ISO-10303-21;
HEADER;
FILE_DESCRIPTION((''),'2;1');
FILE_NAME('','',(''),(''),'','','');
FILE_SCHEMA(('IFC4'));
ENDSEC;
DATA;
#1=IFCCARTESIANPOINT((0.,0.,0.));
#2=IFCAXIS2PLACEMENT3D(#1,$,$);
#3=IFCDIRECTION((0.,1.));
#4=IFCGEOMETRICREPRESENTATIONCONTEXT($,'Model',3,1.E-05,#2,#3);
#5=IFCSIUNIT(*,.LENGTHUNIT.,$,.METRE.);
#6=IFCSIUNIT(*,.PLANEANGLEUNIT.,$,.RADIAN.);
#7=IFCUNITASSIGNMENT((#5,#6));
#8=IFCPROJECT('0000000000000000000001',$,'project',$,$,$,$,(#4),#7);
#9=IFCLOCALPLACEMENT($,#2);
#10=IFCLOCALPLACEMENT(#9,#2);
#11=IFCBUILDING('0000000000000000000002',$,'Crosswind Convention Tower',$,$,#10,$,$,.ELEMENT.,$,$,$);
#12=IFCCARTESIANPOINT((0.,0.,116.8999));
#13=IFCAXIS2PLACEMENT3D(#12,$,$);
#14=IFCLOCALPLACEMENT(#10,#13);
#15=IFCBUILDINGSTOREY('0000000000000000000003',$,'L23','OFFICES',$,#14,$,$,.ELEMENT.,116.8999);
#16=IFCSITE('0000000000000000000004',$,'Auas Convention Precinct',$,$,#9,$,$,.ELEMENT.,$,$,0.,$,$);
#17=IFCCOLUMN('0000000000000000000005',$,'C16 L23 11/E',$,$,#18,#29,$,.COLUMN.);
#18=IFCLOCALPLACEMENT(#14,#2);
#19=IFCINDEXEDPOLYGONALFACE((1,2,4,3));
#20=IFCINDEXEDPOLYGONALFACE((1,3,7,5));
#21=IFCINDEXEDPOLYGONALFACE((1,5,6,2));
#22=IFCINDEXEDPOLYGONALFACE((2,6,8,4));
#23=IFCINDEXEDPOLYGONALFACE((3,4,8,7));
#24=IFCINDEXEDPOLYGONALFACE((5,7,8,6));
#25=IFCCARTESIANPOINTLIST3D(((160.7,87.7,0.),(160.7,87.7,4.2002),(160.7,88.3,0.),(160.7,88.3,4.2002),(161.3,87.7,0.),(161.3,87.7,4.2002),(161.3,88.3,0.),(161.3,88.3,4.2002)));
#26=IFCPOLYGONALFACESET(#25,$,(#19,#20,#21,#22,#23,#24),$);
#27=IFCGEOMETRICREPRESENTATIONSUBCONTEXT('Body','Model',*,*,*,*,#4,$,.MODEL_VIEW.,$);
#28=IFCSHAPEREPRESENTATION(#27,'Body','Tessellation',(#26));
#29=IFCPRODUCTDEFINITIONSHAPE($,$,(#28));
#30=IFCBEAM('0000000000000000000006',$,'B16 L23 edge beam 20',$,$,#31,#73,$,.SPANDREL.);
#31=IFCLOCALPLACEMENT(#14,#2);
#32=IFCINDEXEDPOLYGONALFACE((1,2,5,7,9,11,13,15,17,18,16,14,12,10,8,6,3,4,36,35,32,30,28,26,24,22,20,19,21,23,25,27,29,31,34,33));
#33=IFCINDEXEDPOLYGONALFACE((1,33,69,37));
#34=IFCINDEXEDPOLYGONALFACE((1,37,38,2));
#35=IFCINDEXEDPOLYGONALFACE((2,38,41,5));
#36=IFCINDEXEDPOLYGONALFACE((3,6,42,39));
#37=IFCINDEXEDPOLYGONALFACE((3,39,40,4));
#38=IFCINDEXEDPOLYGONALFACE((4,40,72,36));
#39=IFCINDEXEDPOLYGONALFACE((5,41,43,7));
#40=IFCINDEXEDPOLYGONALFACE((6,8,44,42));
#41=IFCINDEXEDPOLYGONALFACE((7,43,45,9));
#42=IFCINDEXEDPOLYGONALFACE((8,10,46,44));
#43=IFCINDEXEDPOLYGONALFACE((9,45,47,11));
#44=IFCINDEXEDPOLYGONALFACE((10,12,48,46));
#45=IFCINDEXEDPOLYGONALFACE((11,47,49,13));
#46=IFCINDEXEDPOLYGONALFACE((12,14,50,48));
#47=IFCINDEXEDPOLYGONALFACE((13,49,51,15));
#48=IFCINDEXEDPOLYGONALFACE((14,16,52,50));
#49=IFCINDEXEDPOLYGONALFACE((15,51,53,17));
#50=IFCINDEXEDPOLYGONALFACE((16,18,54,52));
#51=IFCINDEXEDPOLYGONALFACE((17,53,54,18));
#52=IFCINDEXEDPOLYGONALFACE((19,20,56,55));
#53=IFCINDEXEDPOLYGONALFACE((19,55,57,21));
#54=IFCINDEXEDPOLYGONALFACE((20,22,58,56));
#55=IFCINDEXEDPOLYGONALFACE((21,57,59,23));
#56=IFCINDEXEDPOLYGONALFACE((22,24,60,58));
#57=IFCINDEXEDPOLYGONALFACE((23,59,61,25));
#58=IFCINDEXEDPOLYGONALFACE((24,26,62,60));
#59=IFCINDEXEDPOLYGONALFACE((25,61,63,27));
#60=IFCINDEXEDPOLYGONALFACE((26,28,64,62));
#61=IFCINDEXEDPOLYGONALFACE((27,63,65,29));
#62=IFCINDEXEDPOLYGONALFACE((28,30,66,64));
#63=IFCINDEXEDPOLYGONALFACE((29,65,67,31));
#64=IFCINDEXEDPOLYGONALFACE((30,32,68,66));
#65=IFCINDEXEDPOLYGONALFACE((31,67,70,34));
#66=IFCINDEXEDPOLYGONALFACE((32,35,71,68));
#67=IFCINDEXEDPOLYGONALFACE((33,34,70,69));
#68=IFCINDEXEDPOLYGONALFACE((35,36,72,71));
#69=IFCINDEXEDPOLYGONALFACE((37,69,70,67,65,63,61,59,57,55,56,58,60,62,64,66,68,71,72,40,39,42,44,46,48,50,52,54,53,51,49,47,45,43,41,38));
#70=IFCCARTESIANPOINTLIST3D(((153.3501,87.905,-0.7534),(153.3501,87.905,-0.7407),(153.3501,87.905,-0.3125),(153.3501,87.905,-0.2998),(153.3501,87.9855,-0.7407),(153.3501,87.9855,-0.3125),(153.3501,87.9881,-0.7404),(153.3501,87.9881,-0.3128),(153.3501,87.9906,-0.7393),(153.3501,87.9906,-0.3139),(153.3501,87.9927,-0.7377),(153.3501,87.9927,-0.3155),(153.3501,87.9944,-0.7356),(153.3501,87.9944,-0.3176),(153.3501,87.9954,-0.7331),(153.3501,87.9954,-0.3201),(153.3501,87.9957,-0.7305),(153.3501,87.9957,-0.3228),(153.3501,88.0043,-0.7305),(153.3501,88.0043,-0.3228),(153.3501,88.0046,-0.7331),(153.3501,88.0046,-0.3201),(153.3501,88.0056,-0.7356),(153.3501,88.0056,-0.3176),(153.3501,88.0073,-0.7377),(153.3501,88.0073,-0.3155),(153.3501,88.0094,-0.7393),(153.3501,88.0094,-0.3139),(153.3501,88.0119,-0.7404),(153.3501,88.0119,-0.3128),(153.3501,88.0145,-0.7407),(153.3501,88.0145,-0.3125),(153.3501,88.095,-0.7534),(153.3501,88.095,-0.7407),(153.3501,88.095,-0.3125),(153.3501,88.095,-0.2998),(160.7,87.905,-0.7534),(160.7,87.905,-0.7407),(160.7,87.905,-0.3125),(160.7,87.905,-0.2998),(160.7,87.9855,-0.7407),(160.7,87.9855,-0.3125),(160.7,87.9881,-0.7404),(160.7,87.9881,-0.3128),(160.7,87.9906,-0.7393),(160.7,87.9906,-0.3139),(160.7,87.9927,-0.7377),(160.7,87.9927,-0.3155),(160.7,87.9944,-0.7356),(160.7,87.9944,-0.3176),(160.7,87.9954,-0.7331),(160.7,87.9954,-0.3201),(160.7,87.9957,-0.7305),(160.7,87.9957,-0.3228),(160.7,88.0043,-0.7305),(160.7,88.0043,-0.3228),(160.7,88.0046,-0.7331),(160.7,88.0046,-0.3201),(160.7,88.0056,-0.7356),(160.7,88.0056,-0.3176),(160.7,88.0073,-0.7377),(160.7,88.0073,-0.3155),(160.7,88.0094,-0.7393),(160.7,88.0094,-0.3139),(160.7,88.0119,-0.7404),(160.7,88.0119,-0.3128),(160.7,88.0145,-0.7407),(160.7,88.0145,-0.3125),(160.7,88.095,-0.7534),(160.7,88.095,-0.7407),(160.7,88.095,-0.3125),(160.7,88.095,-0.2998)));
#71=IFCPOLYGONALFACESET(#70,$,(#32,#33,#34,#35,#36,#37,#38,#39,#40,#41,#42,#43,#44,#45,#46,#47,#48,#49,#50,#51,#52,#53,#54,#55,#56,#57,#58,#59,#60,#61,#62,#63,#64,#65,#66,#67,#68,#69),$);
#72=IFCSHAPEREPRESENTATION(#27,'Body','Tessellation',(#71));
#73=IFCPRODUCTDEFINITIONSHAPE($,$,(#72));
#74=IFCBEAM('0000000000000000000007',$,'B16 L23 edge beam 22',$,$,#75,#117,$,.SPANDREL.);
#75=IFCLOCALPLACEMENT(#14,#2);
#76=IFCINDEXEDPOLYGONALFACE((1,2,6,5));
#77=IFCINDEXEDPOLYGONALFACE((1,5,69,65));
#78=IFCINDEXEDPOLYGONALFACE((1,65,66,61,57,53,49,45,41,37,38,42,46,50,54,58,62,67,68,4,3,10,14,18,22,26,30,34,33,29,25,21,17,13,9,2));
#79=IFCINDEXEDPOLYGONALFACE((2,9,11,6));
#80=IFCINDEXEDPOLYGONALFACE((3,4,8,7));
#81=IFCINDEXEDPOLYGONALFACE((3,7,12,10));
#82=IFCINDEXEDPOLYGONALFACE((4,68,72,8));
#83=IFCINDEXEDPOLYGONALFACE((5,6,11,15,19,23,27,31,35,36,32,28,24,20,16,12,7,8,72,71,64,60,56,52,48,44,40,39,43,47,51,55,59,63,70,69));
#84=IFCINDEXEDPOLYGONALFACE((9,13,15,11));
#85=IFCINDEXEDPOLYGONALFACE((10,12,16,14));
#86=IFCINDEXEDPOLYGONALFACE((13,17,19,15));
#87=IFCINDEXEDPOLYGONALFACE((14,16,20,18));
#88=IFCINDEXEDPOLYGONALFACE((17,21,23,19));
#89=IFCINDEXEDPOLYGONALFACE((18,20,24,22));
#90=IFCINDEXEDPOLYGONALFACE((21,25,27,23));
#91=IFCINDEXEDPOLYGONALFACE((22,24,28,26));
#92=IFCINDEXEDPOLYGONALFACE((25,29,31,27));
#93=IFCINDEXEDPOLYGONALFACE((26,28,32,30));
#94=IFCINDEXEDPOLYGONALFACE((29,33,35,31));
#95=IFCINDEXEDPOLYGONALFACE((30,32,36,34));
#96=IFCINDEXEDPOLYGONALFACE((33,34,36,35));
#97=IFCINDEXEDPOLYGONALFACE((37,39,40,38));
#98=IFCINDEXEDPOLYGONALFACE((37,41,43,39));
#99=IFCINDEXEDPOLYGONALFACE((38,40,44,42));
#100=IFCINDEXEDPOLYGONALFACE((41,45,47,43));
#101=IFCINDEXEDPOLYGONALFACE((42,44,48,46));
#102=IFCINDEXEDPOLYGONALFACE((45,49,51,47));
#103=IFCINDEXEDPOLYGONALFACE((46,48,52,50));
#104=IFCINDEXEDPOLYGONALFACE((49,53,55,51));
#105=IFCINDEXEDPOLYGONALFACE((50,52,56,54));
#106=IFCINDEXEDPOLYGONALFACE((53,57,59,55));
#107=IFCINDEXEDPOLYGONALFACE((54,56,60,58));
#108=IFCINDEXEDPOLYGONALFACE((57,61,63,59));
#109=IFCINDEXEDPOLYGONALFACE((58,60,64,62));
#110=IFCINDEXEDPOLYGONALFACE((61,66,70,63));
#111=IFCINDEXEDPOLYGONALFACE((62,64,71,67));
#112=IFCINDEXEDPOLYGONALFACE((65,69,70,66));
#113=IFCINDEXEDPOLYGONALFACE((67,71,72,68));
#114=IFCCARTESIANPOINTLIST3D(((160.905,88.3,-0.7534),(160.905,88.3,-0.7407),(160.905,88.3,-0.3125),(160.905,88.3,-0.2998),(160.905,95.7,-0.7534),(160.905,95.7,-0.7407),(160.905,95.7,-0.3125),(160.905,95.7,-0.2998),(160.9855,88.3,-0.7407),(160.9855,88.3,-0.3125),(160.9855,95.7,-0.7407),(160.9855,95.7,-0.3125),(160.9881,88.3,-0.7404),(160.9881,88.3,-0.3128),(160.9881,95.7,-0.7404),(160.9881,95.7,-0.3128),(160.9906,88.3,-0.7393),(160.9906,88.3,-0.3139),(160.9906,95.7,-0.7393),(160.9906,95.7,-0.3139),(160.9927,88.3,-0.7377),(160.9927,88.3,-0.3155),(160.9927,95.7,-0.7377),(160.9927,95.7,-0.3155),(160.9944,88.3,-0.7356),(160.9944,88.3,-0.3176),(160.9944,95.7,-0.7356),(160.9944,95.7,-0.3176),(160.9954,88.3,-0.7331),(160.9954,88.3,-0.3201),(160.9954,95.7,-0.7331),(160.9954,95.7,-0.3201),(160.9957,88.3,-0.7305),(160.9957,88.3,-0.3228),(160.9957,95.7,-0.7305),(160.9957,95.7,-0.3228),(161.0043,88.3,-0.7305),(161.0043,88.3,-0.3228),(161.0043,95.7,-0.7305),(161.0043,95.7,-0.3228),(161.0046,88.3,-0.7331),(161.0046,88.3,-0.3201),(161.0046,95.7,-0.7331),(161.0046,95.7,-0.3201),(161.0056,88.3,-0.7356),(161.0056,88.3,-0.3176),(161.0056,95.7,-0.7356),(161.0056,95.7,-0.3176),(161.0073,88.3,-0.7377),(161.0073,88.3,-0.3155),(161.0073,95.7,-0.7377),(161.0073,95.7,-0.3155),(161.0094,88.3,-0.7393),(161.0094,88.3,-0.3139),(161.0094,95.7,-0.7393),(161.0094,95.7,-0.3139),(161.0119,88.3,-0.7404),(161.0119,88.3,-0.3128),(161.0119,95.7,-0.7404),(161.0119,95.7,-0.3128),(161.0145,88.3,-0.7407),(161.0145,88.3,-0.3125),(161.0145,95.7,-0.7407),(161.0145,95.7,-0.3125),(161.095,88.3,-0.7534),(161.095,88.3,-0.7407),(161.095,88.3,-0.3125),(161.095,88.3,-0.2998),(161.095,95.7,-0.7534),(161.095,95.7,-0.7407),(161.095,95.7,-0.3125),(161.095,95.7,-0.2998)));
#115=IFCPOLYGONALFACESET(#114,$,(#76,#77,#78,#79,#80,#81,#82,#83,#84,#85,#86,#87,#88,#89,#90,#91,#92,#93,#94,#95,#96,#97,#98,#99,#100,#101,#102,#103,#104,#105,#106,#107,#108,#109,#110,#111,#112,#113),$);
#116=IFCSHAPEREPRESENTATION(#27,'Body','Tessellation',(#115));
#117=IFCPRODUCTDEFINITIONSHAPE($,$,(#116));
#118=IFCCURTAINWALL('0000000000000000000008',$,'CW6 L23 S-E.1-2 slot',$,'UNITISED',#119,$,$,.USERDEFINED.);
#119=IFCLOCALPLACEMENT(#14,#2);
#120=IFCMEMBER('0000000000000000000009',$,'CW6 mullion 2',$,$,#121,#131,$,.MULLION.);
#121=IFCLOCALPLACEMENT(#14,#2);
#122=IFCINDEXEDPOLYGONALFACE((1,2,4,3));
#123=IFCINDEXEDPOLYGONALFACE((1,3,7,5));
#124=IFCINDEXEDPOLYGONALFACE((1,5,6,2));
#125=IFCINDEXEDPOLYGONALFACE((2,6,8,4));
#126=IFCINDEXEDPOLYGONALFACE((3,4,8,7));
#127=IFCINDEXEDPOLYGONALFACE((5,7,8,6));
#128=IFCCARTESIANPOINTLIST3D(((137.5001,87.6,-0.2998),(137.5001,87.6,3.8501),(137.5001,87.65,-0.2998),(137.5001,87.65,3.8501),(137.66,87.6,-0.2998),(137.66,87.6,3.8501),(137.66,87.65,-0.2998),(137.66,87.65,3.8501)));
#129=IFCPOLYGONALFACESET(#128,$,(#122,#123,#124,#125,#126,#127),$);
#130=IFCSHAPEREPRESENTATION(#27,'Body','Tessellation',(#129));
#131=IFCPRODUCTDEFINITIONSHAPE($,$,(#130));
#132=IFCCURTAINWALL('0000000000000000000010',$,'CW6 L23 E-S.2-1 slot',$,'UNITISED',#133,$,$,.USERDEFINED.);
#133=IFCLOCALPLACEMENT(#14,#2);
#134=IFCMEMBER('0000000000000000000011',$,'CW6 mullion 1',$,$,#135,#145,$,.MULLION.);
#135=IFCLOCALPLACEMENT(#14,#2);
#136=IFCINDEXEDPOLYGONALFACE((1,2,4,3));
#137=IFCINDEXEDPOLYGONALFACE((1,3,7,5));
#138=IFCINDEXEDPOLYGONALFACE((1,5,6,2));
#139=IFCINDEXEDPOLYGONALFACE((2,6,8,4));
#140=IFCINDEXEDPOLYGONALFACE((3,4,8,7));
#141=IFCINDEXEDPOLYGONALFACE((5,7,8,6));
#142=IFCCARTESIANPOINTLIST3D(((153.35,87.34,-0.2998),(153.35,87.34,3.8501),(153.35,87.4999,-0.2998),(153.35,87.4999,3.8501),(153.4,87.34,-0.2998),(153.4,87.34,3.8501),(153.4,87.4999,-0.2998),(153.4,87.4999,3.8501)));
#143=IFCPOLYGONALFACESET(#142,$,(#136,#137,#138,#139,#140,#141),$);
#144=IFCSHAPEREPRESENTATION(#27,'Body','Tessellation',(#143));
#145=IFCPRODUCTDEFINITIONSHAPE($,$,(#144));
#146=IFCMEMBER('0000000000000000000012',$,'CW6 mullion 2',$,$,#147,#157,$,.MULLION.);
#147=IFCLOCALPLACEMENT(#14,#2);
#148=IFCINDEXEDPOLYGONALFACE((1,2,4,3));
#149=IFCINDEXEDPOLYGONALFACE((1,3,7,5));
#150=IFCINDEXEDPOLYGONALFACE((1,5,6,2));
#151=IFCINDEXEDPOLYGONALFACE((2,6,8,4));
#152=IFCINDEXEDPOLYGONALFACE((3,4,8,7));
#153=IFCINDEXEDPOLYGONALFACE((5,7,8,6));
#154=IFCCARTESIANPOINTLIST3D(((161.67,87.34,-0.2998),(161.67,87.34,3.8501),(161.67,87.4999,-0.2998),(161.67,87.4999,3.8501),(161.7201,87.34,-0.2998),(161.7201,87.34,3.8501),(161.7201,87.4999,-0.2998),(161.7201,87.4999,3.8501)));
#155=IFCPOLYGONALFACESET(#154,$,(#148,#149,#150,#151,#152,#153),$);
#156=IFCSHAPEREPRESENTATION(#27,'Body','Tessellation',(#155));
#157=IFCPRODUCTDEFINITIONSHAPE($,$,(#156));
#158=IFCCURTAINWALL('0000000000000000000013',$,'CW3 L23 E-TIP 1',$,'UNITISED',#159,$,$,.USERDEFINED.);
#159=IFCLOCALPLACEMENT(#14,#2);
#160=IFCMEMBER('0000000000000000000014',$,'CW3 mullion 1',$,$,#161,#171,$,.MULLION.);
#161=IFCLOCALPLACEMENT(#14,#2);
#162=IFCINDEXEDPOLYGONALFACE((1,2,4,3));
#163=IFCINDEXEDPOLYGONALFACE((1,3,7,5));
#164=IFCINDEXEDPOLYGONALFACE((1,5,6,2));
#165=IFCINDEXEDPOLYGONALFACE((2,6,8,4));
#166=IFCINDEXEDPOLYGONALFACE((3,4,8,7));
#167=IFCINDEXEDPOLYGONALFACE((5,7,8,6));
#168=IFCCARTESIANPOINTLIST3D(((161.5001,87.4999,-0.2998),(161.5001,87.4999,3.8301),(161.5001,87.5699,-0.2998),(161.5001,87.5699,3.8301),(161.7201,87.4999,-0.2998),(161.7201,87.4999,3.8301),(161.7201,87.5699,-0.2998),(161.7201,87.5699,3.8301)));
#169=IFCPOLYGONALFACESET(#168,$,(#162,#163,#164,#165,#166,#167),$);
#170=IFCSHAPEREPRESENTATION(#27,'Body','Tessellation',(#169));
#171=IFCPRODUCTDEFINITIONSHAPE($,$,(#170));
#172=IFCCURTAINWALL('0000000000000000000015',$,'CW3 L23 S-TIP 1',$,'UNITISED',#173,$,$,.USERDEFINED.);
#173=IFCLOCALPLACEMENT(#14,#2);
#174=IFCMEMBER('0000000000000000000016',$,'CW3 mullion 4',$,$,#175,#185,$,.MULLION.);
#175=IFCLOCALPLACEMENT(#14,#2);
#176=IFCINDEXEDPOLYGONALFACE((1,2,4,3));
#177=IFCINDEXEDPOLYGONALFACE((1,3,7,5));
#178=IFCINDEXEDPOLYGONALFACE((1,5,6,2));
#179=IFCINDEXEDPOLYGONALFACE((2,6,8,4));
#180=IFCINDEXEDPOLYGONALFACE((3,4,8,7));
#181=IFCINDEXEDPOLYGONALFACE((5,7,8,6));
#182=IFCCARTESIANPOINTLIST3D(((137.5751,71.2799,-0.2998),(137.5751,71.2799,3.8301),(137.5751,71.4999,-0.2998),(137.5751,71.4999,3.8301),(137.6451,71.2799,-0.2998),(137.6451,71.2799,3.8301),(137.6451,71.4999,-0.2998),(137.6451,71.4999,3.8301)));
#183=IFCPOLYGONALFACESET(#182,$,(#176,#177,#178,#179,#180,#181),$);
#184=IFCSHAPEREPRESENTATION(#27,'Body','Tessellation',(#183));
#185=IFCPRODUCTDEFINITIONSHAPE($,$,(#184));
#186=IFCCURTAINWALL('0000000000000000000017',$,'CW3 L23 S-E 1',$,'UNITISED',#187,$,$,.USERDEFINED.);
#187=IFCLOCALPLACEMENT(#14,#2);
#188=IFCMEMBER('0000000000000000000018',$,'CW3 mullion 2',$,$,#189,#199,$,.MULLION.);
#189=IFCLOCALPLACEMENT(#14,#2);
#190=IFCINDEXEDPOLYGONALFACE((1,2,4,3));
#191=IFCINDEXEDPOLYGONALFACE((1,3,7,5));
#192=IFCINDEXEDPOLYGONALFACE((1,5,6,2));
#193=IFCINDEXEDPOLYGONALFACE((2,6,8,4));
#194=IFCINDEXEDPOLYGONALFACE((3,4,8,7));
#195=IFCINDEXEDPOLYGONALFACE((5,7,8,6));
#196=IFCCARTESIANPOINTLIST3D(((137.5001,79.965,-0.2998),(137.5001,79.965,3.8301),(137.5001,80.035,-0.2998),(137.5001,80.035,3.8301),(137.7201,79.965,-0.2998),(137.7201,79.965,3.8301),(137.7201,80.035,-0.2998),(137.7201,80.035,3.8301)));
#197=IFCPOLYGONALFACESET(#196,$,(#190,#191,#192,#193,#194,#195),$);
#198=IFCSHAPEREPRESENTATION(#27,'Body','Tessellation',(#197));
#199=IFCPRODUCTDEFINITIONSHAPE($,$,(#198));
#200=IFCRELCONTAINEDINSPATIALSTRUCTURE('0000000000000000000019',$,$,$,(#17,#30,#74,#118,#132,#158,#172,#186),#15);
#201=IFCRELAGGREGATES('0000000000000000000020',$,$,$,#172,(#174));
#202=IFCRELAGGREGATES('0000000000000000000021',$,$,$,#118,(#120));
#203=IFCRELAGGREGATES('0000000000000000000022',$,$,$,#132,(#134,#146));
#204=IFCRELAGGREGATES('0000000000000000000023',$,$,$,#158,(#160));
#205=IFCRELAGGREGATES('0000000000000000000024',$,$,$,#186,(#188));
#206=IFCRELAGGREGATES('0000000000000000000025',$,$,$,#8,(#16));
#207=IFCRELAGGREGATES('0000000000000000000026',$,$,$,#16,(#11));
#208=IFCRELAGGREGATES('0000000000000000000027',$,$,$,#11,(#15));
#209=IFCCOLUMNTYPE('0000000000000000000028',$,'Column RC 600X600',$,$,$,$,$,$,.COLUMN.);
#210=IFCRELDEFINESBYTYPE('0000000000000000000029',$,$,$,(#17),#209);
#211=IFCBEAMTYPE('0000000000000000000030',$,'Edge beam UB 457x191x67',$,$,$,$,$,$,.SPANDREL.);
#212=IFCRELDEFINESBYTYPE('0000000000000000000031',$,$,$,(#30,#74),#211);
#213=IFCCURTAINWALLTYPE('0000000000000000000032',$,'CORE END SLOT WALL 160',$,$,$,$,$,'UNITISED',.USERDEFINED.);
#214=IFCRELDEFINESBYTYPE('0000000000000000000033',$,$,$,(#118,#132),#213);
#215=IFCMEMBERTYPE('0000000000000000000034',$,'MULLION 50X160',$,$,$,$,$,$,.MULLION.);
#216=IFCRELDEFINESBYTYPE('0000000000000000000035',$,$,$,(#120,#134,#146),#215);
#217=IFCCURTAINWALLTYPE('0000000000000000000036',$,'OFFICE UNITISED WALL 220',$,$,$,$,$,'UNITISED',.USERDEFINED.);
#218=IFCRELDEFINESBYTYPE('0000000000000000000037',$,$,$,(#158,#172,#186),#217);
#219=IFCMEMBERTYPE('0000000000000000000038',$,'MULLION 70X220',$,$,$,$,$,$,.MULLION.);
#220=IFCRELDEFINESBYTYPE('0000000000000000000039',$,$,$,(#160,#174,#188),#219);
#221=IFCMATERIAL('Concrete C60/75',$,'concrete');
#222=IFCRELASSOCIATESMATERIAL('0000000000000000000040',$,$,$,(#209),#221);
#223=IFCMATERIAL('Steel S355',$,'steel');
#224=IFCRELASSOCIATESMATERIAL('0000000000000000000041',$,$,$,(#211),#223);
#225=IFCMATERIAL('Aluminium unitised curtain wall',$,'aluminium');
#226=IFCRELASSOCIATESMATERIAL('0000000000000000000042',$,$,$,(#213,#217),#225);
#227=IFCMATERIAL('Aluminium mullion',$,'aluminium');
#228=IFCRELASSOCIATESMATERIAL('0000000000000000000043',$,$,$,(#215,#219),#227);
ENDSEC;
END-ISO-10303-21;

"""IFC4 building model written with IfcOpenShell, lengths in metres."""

from ifc_helpers import new_model, si_unit, direction, frame, origin, origin_2d, place, context, subcontext, project, spatial, rectangle, i_section, extrude, material, material_profile, profile_set, type_object, element, aggregate, save


model = new_model("IFC4")

# Units and contexts
model_context = context("Model", 3, precision=1e-05, world=origin(), true_north=direction((0.0, 1.0)))
body_context = subcontext(model_context, "Body", "Model", "MODEL_VIEW")
ifc_project = project(units=[si_unit("LENGTHUNIT", "METRE"), si_unit("PLANEANGLEUNIT", "RADIAN")], contexts=[model_context])

# Site, building, storey
site_placement = place(None, origin())
site = spatial("IfcSite", under=ifc_project, at=site_placement, Name="Auas Convention Precinct", CompositionType="ELEMENT", RefElevation=0.0)
building_placement = place(site_placement, origin())
building = spatial("IfcBuilding", under=site, at=building_placement, Name="Crosswind Convention Tower", CompositionType="ELEMENT")
storey_placement = place(building_placement, frame((0.0, 0.0, 116.8999)))
storey = spatial("IfcBuildingStorey", under=building, at=storey_placement, Name="L23", Description="OFFICES", CompositionType="ELEMENT", Elevation=116.8999)

# Column
ifc_material_1 = material(Name="Concrete C60/75", Category="concrete")
ifc_material_profile_1 = material_profile(ifc_material_1, rectangle(XDim=0.6001, YDim=0.6001, at=origin_2d()), Name="RC 600X600")
ifc_profile_set_1 = profile_set([ifc_material_profile_1], Name="Concrete C60/75")
column_type = type_object("IfcColumnType", Name="Column RC 600X600", PredefinedType="COLUMN", material=ifc_profile_set_1)
column_placement = place(storey_placement, frame((161.0, 88.0, 0.0), z_axis=(0.0, 0.0, 1.0), x_axis=(1.0, 0.0, 0.0)))
element("IfcColumn", 1, at=column_placement, inside=storey, type_object=column_type, Name="C16 L23 11/E", PredefinedType="COLUMN", context=body_context, shape_type="SweptSolid", body=[
    extrude(rectangle(XDim=0.6001, YDim=0.6001, at=origin_2d()), origin(), (0.0, 0.0, 1.0), 4.2002),
])

# Beams
ifc_material_2 = material(Name="Steel S355", Category="steel")
ifc_material_profile_2 = material_profile(ifc_material_2, i_section(OverallWidth=0.1899, OverallDepth=0.4536, WebThickness=0.0085, FlangeThickness=0.0127, FilletRadius=0.0103, at=origin_2d()), Name="UB 457x191x67")
ifc_profile_set_2 = profile_set([ifc_material_profile_2], Name="Steel S355")
beam_type = type_object("IfcBeamType", Name="Edge beam UB 457x191x67", PredefinedType="SPANDREL", material=ifc_profile_set_2)
beam_1_placement = place(storey_placement, frame((153.3501, 88.0, -0.5266), z_axis=(1.0, 0.0, 0.0), x_axis=(0.0, 1.0, 0.0)))
element("IfcBeam", 2, at=beam_1_placement, inside=storey, type_object=beam_type, Name="B16 L23 edge beam 20", PredefinedType="SPANDREL", context=body_context, shape_type="SweptSolid", body=[
    extrude(i_section(OverallWidth=0.1899, OverallDepth=0.4536, WebThickness=0.0085, FlangeThickness=0.0127, FilletRadius=0.0103, at=origin_2d()), origin(), (0.0, 0.0, 1.0), 7.3499),
])
beam_2_placement = place(storey_placement, frame((161.0, 88.3, -0.5266), z_axis=(0.0, 1.0, 0.0), x_axis=(-1.0, 0.0, 0.0)))
element("IfcBeam", 3, at=beam_2_placement, inside=storey, type_object=beam_type, Name="B16 L23 edge beam 22", PredefinedType="SPANDREL", context=body_context, shape_type="SweptSolid", body=[
    extrude(i_section(OverallWidth=0.1899, OverallDepth=0.4536, WebThickness=0.0085, FlangeThickness=0.0127, FilletRadius=0.0103, at=origin_2d()), origin(), (0.0, 0.0, 1.0), 7.3999),
])

# Curtain wall, member
ifc_material_3 = material(Name="Aluminium unitised curtain wall", Category="aluminium")
curtain_wall_type_1 = type_object("IfcCurtainWallType", Name="CORE END SLOT WALL 160", ElementType="UNITISED", PredefinedType="USERDEFINED", material=ifc_material_3)
curtain_wall_1_placement = place(storey_placement, origin())
curtain_wall_1 = element("IfcCurtainWall", 4, at=curtain_wall_1_placement, inside=storey, type_object=curtain_wall_type_1, Name="CW6 L23 S-E.1-2 slot", ObjectType="UNITISED", PredefinedType="USERDEFINED")
ifc_material_4 = material(Name="Aluminium mullion", Category="aluminium")
ifc_material_profile_3 = material_profile(ifc_material_4, rectangle(XDim=0.1599, YDim=0.05, at=origin_2d()), Name="AL 160X50")
ifc_profile_set_3 = profile_set([ifc_material_profile_3], Name="Aluminium mullion")
member_type_1 = type_object("IfcMemberType", Name="MULLION 50X160", PredefinedType="MULLION", material=ifc_profile_set_3)
member_1_placement = place(storey_placement, frame((137.5801, 87.625, -0.2998), z_axis=(0.0, 0.0, 1.0), x_axis=(1.0, 0.0, 0.0)))
member_1 = element("IfcMember", 5, at=member_1_placement, type_object=member_type_1, Name="CW6 mullion 2", PredefinedType="MULLION", context=body_context, shape_type="SweptSolid", body=[
    extrude(rectangle(XDim=0.1599, YDim=0.05, at=origin_2d()), origin(), (0.0, 0.0, 1.0), 4.1499),
])

# Curtain wall, members
curtain_wall_2_placement = place(storey_placement, origin())
curtain_wall_2 = element("IfcCurtainWall", 6, at=curtain_wall_2_placement, inside=storey, type_object=curtain_wall_type_1, Name="CW6 L23 E-S.2-1 slot", ObjectType="UNITISED", PredefinedType="USERDEFINED")
member_2_placement = place(storey_placement, frame((153.375, 87.4199, -0.2998), z_axis=(0.0, 0.0, 1.0), x_axis=(0.0, -1.0, 0.0)))
member_2 = element("IfcMember", 7, at=member_2_placement, type_object=member_type_1, Name="CW6 mullion 1", PredefinedType="MULLION", context=body_context, shape_type="SweptSolid", body=[
    extrude(rectangle(XDim=0.1599, YDim=0.05, at=origin_2d()), origin(), (0.0, 0.0, 1.0), 4.1499),
])
member_3_placement = place(storey_placement, frame((161.6951, 87.4199, -0.2998), z_axis=(0.0, 0.0, 1.0), x_axis=(0.0, -1.0, 0.0)))
member_3 = element("IfcMember", 8, at=member_3_placement, type_object=member_type_1, Name="CW6 mullion 2", PredefinedType="MULLION", context=body_context, shape_type="SweptSolid", body=[
    extrude(rectangle(XDim=0.1599, YDim=0.05, at=origin_2d()), origin(), (0.0, 0.0, 1.0), 4.1499),
])

# Curtain walls, members
curtain_wall_type_2 = type_object("IfcCurtainWallType", Name="OFFICE UNITISED WALL 220", ElementType="UNITISED", PredefinedType="USERDEFINED", material=ifc_material_3)
curtain_wall_3_placement = place(storey_placement, origin())
curtain_wall_3 = element("IfcCurtainWall", 9, at=curtain_wall_3_placement, inside=storey, type_object=curtain_wall_type_2, Name="CW3 L23 E-TIP 1", ObjectType="UNITISED", PredefinedType="USERDEFINED")
ifc_material_profile_4 = material_profile(ifc_material_4, rectangle(XDim=0.22, YDim=0.0701, at=origin_2d()), Name="AL 220X70")
ifc_profile_set_4 = profile_set([ifc_material_profile_4], Name="Aluminium mullion")
member_type_2 = type_object("IfcMemberType", Name="MULLION 70X220", PredefinedType="MULLION", material=ifc_profile_set_4)
member_4_placement = place(storey_placement, frame((161.6101, 87.5349, -0.2998), z_axis=(0.0, 0.0, 1.0), x_axis=(1.0, 0.0, 0.0)))
member_4 = element("IfcMember", 10, at=member_4_placement, type_object=member_type_2, Name="CW3 mullion 1", PredefinedType="MULLION", context=body_context, shape_type="SweptSolid", body=[
    extrude(rectangle(XDim=0.22, YDim=0.0701, at=origin_2d()), origin(), (0.0, 0.0, 1.0), 4.1299),
])
curtain_wall_4_placement = place(storey_placement, origin())
curtain_wall_4 = element("IfcCurtainWall", 11, at=curtain_wall_4_placement, inside=storey, type_object=curtain_wall_type_2, Name="CW3 L23 S-TIP 1", ObjectType="UNITISED", PredefinedType="USERDEFINED")
member_5_placement = place(storey_placement, frame((137.6101, 71.3899, -0.2998), z_axis=(0.0, 0.0, 1.0), x_axis=(0.0, -1.0, 0.0)))
member_5 = element("IfcMember", 12, at=member_5_placement, type_object=member_type_2, Name="CW3 mullion 4", PredefinedType="MULLION", context=body_context, shape_type="SweptSolid", body=[
    extrude(rectangle(XDim=0.22, YDim=0.0701, at=origin_2d()), origin(), (0.0, 0.0, 1.0), 4.1299),
])
aggregate(curtain_wall_4, [member_5])
curtain_wall_5_placement = place(storey_placement, origin())
curtain_wall_5 = element("IfcCurtainWall", 13, at=curtain_wall_5_placement, inside=storey, type_object=curtain_wall_type_2, Name="CW3 L23 S-E 1", ObjectType="UNITISED", PredefinedType="USERDEFINED")
member_6_placement = place(storey_placement, frame((137.6101, 80.0, -0.2998), z_axis=(0.0, 0.0, 1.0), x_axis=(1.0, 0.0, 0.0)))
member_6 = element("IfcMember", 14, at=member_6_placement, type_object=member_type_2, Name="CW3 mullion 2", PredefinedType="MULLION", context=body_context, shape_type="SweptSolid", body=[
    extrude(rectangle(XDim=0.22, YDim=0.0701, at=origin_2d()), origin(), (0.0, 0.0, 1.0), 4.1299),
])

aggregate(curtain_wall_1, [member_1])
aggregate(curtain_wall_2, [member_2, member_3])

aggregate(curtain_wall_3, [member_4])
aggregate(curtain_wall_5, [member_6])

save(model, "model.ifc")
